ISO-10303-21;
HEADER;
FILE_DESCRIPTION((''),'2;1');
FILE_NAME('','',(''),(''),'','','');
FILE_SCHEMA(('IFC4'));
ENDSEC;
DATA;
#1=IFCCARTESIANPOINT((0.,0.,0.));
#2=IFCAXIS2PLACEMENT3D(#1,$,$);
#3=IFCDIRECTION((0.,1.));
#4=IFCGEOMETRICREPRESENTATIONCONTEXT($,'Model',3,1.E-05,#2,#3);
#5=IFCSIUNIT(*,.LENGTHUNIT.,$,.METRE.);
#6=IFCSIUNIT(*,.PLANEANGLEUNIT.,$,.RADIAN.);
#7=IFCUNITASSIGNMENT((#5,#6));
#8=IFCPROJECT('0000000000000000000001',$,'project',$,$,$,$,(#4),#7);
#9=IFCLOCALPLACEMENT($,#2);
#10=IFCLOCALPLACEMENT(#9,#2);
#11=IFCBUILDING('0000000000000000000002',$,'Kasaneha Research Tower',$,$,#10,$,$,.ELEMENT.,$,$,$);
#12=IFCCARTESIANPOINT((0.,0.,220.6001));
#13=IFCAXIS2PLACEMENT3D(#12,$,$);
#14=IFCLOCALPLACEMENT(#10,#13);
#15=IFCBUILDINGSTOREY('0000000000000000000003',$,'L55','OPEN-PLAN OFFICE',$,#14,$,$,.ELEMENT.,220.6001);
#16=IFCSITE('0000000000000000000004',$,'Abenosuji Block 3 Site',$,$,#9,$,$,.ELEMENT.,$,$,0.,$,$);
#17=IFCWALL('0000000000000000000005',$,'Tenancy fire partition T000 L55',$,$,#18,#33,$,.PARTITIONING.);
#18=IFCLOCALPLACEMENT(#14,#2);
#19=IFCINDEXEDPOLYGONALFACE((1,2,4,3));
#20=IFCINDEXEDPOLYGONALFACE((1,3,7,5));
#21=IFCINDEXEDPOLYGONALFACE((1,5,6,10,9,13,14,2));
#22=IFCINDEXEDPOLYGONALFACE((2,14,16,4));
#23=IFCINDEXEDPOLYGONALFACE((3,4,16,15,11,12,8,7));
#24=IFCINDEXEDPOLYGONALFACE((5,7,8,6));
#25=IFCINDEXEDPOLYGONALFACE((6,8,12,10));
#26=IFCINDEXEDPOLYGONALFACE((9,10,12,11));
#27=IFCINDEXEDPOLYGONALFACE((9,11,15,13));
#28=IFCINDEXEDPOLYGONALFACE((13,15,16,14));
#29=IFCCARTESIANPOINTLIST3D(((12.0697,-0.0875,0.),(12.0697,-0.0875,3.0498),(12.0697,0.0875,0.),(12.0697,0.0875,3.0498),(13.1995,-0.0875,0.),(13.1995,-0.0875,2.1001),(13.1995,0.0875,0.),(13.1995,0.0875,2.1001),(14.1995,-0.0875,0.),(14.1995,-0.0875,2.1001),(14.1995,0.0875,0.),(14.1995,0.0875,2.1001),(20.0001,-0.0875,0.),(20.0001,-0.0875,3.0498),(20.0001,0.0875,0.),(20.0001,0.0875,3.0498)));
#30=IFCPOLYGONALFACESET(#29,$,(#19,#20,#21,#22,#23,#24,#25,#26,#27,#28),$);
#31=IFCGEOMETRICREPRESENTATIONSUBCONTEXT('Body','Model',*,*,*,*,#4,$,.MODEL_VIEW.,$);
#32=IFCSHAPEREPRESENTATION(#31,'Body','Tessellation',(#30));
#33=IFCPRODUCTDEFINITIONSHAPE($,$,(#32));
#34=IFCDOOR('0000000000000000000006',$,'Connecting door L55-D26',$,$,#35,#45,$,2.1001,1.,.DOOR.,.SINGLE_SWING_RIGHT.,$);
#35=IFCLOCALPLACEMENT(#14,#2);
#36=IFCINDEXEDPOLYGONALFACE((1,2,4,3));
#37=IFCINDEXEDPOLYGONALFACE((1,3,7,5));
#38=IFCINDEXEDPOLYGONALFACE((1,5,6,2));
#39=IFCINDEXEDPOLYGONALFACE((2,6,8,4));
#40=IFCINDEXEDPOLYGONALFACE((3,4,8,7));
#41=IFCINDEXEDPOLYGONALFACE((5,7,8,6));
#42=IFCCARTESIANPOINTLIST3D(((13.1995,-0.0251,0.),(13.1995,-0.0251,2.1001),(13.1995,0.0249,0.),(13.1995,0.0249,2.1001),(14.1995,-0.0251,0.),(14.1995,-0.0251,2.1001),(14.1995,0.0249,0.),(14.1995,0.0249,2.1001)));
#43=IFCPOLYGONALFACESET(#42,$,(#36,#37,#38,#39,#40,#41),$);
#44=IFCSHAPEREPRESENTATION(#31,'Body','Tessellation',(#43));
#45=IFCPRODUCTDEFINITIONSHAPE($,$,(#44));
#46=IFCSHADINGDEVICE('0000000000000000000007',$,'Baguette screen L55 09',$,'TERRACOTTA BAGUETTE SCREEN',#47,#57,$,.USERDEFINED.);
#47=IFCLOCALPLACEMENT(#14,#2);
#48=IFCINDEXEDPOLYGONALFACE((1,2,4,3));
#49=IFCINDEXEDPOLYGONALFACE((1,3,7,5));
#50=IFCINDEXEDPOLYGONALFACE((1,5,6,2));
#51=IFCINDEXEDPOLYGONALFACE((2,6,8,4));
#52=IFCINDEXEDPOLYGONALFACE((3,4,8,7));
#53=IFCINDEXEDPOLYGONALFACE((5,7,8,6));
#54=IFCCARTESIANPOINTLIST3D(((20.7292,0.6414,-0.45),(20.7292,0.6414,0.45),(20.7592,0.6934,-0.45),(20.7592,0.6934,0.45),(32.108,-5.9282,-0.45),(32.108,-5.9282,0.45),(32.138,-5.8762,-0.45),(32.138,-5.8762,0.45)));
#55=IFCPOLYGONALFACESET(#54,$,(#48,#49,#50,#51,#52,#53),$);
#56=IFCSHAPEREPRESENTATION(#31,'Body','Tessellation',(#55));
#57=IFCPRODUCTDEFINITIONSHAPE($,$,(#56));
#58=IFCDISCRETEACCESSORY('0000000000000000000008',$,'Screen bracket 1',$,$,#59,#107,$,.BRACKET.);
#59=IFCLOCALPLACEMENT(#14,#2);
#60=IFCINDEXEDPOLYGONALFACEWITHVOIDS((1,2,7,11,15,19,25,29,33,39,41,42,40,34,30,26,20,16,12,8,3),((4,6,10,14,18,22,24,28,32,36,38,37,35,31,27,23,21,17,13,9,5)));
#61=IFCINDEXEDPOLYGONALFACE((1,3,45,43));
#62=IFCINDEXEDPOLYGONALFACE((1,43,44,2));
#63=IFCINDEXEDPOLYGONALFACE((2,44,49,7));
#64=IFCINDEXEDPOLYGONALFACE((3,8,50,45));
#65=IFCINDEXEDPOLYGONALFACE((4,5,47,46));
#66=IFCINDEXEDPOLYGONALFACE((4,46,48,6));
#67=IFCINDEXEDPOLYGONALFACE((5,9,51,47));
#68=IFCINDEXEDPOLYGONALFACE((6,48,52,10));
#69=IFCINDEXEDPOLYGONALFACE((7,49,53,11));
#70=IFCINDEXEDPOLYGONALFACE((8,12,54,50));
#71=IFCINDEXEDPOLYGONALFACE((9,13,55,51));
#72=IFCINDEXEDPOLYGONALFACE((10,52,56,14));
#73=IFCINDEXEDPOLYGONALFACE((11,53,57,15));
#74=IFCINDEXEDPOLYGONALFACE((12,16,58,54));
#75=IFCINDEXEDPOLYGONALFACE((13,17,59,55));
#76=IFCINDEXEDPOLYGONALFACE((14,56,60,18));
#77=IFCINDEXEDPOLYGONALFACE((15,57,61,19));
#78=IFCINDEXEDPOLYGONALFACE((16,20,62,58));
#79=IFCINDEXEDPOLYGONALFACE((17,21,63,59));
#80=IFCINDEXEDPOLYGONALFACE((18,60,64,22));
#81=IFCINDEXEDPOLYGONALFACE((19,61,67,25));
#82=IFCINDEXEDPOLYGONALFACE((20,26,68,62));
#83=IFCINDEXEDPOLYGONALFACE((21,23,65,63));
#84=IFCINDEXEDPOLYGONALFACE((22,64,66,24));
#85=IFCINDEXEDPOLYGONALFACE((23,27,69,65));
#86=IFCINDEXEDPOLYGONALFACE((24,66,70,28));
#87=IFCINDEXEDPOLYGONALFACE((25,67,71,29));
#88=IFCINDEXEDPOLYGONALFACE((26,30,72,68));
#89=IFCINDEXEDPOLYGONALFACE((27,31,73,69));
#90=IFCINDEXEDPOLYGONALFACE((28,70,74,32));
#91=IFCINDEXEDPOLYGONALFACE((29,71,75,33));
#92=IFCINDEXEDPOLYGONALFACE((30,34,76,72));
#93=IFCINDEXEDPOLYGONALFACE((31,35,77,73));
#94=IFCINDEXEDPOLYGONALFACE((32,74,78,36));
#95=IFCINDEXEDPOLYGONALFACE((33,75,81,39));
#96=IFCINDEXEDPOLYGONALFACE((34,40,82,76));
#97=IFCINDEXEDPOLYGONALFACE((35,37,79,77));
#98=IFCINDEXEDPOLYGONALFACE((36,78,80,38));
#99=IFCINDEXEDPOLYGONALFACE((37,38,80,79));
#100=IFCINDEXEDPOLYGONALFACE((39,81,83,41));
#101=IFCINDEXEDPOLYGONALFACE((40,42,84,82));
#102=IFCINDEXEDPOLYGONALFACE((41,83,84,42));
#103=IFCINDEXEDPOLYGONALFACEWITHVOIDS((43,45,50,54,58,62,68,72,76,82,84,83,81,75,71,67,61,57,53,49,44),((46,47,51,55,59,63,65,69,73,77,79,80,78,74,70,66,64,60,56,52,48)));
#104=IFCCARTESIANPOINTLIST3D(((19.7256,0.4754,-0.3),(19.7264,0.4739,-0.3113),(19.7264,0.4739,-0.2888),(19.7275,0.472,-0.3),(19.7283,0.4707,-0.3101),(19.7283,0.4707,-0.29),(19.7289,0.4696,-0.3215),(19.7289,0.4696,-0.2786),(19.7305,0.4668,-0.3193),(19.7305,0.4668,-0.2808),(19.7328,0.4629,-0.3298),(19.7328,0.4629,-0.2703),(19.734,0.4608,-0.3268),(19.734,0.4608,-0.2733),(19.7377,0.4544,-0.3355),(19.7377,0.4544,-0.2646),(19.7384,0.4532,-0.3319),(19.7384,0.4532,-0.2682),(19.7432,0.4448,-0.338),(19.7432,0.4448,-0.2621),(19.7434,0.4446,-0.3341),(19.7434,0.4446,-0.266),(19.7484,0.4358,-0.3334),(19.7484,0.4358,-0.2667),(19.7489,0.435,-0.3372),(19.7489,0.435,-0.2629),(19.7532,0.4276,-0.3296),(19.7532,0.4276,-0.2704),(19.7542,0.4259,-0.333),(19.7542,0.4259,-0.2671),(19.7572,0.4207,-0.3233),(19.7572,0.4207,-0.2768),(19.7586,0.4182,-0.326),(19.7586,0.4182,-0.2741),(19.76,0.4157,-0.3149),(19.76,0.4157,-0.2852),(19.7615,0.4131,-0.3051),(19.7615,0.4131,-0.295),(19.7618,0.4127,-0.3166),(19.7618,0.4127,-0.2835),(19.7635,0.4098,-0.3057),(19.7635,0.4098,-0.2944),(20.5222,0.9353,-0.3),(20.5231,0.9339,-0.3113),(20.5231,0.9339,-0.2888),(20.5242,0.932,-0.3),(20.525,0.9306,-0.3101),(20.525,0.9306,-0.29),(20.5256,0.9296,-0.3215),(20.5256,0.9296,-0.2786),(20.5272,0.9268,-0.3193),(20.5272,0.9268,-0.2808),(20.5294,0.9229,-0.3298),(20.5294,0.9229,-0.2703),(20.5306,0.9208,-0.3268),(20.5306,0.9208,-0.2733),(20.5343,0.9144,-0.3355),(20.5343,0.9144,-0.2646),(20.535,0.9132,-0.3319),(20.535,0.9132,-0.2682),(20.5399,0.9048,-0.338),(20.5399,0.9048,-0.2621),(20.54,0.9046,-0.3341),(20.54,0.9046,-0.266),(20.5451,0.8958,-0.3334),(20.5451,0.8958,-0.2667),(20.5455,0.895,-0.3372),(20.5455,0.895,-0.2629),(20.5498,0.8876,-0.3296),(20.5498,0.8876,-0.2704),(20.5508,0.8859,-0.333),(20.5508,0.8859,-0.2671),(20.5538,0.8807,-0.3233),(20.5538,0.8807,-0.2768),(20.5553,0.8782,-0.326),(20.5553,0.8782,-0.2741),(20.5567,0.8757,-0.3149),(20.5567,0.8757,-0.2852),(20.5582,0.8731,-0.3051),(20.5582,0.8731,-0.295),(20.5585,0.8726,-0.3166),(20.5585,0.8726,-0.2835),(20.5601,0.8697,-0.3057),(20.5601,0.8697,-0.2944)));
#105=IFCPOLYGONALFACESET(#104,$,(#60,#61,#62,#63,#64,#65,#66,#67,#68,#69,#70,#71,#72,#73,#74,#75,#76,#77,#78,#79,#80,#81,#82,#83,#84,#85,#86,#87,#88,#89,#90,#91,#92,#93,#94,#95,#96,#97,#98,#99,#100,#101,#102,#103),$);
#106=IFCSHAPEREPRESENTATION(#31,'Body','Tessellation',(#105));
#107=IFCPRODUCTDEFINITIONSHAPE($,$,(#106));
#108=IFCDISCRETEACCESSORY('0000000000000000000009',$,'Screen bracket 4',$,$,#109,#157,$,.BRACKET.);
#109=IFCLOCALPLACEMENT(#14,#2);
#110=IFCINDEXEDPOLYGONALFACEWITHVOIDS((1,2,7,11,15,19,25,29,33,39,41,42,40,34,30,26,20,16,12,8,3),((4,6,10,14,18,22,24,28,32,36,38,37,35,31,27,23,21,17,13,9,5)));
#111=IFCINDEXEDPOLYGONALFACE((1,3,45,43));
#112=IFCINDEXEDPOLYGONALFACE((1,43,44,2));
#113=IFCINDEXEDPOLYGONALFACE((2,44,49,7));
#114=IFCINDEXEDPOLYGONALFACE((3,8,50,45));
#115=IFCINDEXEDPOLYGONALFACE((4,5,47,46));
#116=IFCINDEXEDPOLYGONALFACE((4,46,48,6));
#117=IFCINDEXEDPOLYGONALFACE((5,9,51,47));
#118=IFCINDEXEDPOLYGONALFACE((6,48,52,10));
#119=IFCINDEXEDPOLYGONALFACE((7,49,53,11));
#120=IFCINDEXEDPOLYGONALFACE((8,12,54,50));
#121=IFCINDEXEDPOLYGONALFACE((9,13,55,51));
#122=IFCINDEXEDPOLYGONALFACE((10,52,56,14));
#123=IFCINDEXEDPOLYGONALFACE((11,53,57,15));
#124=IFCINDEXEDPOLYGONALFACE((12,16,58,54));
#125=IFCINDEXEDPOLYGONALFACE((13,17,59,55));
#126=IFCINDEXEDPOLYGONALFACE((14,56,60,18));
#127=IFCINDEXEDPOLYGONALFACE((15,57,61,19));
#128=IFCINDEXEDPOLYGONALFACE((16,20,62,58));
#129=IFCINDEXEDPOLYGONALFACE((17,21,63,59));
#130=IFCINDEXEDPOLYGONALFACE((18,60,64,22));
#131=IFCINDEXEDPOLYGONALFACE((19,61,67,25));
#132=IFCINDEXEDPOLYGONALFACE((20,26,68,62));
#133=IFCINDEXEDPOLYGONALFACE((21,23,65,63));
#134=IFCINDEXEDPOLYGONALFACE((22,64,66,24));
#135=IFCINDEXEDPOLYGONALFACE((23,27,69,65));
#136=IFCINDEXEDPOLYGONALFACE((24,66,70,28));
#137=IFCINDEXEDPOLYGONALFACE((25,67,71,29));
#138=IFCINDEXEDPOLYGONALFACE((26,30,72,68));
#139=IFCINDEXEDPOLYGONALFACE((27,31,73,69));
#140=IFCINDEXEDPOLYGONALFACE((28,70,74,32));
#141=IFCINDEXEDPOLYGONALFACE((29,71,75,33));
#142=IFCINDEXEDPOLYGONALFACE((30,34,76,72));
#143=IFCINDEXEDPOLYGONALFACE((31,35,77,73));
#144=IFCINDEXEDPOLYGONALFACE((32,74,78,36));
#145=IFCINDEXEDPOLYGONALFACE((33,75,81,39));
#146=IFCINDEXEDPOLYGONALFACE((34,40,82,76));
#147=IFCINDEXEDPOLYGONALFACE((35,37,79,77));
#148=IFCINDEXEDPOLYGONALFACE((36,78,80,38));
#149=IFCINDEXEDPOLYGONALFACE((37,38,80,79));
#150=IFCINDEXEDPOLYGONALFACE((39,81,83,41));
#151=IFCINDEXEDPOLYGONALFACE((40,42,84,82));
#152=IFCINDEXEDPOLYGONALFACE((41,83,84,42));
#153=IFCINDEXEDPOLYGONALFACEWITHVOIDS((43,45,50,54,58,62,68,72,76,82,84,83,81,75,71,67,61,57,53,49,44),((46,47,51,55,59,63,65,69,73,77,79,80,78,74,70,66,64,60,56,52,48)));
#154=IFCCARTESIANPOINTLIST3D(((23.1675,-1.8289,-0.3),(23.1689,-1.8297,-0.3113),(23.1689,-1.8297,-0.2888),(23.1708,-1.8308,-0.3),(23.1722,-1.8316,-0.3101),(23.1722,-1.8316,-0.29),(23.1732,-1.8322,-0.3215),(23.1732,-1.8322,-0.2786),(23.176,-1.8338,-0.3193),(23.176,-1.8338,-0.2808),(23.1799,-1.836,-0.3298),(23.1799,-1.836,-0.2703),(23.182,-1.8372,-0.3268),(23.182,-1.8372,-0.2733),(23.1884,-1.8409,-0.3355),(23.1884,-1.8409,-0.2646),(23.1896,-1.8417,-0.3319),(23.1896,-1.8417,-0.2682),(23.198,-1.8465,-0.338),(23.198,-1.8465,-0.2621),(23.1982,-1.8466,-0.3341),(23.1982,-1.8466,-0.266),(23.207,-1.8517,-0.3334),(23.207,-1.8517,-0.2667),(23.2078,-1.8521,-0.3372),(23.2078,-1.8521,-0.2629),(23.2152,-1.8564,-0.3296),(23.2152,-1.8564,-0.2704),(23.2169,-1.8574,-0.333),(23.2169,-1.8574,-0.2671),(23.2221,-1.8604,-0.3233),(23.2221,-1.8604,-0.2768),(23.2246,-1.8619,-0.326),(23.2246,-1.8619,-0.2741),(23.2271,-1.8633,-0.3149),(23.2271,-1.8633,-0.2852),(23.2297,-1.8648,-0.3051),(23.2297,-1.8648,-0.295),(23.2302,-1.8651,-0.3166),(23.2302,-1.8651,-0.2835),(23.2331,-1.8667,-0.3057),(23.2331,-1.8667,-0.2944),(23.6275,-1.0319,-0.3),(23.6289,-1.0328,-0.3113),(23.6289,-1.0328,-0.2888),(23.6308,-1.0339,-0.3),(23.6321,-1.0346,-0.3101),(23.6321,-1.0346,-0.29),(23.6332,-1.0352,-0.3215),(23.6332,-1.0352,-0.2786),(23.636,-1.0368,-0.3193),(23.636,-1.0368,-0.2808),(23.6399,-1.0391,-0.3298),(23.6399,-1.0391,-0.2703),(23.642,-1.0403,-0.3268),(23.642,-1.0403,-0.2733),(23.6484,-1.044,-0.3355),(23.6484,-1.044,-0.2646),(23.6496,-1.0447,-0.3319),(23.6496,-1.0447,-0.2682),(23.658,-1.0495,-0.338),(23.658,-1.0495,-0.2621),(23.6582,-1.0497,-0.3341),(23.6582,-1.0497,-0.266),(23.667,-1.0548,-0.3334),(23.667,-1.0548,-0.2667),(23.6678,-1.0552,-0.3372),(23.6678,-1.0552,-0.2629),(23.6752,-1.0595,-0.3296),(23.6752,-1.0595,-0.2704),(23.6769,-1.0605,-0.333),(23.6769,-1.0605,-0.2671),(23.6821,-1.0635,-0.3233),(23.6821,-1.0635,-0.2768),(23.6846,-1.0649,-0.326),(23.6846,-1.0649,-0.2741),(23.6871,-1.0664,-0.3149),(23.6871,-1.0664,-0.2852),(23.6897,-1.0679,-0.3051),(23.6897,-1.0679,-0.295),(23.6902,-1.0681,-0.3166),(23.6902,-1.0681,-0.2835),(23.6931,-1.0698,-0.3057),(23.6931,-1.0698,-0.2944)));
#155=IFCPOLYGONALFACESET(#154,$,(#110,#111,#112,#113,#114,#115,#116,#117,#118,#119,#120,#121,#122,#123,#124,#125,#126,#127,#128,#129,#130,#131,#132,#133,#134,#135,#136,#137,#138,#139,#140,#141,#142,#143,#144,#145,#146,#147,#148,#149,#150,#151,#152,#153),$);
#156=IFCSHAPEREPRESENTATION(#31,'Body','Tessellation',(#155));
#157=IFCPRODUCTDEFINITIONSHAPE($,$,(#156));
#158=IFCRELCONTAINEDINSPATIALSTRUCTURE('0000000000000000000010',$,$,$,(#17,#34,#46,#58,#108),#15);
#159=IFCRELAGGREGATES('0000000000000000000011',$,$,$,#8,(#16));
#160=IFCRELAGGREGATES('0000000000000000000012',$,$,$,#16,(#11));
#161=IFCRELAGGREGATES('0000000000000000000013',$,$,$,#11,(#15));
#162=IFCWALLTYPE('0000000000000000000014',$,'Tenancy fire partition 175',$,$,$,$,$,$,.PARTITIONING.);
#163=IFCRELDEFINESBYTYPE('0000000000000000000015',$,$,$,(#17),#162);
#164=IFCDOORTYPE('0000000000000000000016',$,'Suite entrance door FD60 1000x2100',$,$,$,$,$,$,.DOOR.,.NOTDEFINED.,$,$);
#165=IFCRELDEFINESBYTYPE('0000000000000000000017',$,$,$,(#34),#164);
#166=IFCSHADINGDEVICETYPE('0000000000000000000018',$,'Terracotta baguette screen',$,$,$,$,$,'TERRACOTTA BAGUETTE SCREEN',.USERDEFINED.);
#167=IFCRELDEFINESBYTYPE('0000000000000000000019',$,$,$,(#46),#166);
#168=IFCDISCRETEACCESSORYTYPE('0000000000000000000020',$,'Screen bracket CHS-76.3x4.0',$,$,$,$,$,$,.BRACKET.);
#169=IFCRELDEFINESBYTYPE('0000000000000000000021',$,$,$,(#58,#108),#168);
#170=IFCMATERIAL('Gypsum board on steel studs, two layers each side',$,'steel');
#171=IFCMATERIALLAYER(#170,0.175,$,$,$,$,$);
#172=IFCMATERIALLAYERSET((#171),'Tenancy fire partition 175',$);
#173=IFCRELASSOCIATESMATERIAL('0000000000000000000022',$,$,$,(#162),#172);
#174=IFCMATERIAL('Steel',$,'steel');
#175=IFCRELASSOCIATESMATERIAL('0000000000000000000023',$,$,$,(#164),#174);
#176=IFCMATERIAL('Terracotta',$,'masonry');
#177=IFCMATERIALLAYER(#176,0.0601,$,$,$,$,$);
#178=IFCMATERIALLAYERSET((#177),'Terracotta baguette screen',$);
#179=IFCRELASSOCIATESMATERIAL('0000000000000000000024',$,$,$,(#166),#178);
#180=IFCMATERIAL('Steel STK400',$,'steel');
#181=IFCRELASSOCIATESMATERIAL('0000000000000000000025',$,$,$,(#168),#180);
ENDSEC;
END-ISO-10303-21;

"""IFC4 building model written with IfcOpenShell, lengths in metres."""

from ifc_helpers import new_model, si_unit, direction, frame, frame_2d, origin, origin_2d, place, context, subcontext, project, spatial, rectangle, hollow_circle, extrude, material, layer, layer_set, material_profile, profile_set, type_object, element, fill, save


model = new_model("IFC4")

# Units and contexts
model_context = context("Model", 3, precision=1e-05, world=origin(), true_north=direction((0.0, 1.0)))
body_context = subcontext(model_context, "Body", "Model", "MODEL_VIEW")
ifc_project = project(units=[si_unit("LENGTHUNIT", "METRE"), si_unit("PLANEANGLEUNIT", "RADIAN")], contexts=[model_context])

# Site, building, storey
site_placement = place(None, origin())
site = spatial("IfcSite", under=ifc_project, at=site_placement, Name="Abenosuji Block 3 Site", CompositionType="ELEMENT", RefElevation=0.0)
building_placement = place(site_placement, origin())
building = spatial("IfcBuilding", under=site, at=building_placement, Name="Kasaneha Research Tower", CompositionType="ELEMENT")
storey_placement = place(building_placement, frame((0.0, 0.0, 220.6001)))
storey = spatial("IfcBuildingStorey", under=building, at=storey_placement, Name="L55", Description="OPEN-PLAN OFFICE", CompositionType="ELEMENT", Elevation=220.6001)

# Wall, opening, door
ifc_material_1 = material(Name="Gypsum board on steel studs, two layers each side", Category="steel")
ifc_layer_1 = layer(ifc_material_1, 0.175)
ifc_layer_set_1 = layer_set([ifc_layer_1], Name="Tenancy fire partition 175")
wall_type_1 = type_object("IfcWallType", Name="Tenancy fire partition 175", PredefinedType="PARTITIONING", material=ifc_layer_set_1)
wall_1_placement = place(storey_placement, frame((12.0696, 0.0, 0.0), z_axis=(0.0, 0.0, 1.0), x_axis=(1.0, 0.0, 0.0)))
wall_1 = element("IfcWall", 1, at=wall_1_placement, inside=storey, type_object=wall_type_1, Name="Tenancy fire partition T000 L55", PredefinedType="PARTITIONING", context=body_context, shape_type="SweptSolid", body=[
    extrude(rectangle(XDim=7.9304, YDim=0.175, at=frame_2d((3.9653, 0.0))), origin(), (0.0, 0.0, 1.0), 3.0498),
])
opening_1_placement = place(wall_1_placement, frame((1.1299, 0.0, 0.0)))
opening_1 = element("IfcOpeningElement", 2, at=opening_1_placement, cuts=wall_1, PredefinedType="OPENING", context=body_context, shape_type="SweptSolid", body=[
    extrude(rectangle(XDim=1.0, YDim=2.1001, at=frame_2d((0.5, 1.05))), frame((0.0, 0.0977, 0.0), z_axis=(0.0, -1.0, 0.0), x_axis=(1.0, 0.0, 0.0)), (0.0, 0.0, 1.0), 0.1951),
])
ifc_material_2 = material(Name="Steel", Category="steel")
door_type_1 = type_object("IfcDoorType", Name="Suite entrance door FD60 1000x2100", OperationType="NOTDEFINED", PredefinedType="DOOR", material=ifc_material_2)
door_1_placement = place(opening_1_placement, origin())
door_1 = element("IfcDoor", 3, at=door_1_placement, inside=storey, type_object=door_type_1, Name="Connecting door L55-D26", OperationType="SINGLE_SWING_RIGHT", OverallHeight=2.1001, OverallWidth=1.0, PredefinedType="DOOR", context=body_context, shape_type="SweptSolid", body=[
    extrude(rectangle(XDim=1.0, YDim=2.1001, at=frame_2d((0.5, 1.05))), frame((0.0, 0.0249, 0.0), z_axis=(0.0, -1.0, 0.0), x_axis=(1.0, 0.0, 0.0)), (0.0, 0.0, 1.0), 0.05),
])
fill(opening_1, door_1)

# Shading device
ifc_material_3 = material(Name="Terracotta", Category="masonry")
ifc_layer_2 = layer(ifc_material_3, 0.0601)
ifc_layer_set_2 = layer_set([ifc_layer_2], Name="Terracotta baguette screen")
shading_device_type = type_object("IfcShadingDeviceType", Name="Terracotta baguette screen", ElementType="TERRACOTTA BAGUETTE SCREEN", PredefinedType="USERDEFINED", material=ifc_layer_set_2)
shading_device_placement = place(storey_placement, frame((26.4336, -2.6174, -0.45), z_axis=(0.0, 0.0, 1.0), x_axis=(-0.866025, 0.5, 0.0)))
element("IfcShadingDevice", 4, at=shading_device_placement, inside=storey, type_object=shading_device_type, Name="Baguette screen L55 09", ObjectType="TERRACOTTA BAGUETTE SCREEN", PredefinedType="USERDEFINED", context=body_context, shape_type="SweptSolid", body=[
    extrude(rectangle(XDim=13.1392, YDim=0.0601, at=origin_2d()), origin(), (0.0, 0.0, 1.0), 0.8999),
])

# Discrete accessories
ifc_material_4 = material(Name="Steel STK400", Category="steel")
ifc_material_profile_1 = material_profile(ifc_material_4, hollow_circle(Radius=0.0381, WallThickness=0.0039, at=origin_2d()), Name="CHS-76.3x4.0")
ifc_profile_set_1 = profile_set([ifc_material_profile_1], Name="Steel STK400")
discrete_accessory_type = type_object("IfcDiscreteAccessoryType", Name="Screen bracket CHS-76.3x4.0", PredefinedType="BRACKET", material=ifc_profile_set_1)
discrete_accessory_1_placement = place(storey_placement, frame((19.7446, 0.4424, -0.3), z_axis=(0.866013, 0.500021, 0.0), x_axis=(-0.500021, 0.866013, 0.0)))
element("IfcDiscreteAccessory", 5, at=discrete_accessory_1_placement, inside=storey, type_object=discrete_accessory_type, Name="Screen bracket 1", PredefinedType="BRACKET", context=body_context, shape_type="SweptSolid", body=[
    extrude(hollow_circle(Radius=0.0381, WallThickness=0.0039, at=origin_2d()), origin(), (0.0, 0.0, 1.0), 0.9199),
])
discrete_accessory_2_placement = place(storey_placement, frame((23.2004, -1.8479, -0.3), z_axis=(0.499906, 0.86608, 0.0), x_axis=(-0.86608, 0.499906, 0.0)))
element("IfcDiscreteAccessory", 6, at=discrete_accessory_2_placement, inside=storey, type_object=discrete_accessory_type, Name="Screen bracket 4", PredefinedType="BRACKET", context=body_context, shape_type="SweptSolid", body=[
    extrude(hollow_circle(Radius=0.0381, WallThickness=0.0039, at=origin_2d()), origin(), (0.0, 0.0, 1.0), 0.9202),
])

save(model, "model.ifc")
